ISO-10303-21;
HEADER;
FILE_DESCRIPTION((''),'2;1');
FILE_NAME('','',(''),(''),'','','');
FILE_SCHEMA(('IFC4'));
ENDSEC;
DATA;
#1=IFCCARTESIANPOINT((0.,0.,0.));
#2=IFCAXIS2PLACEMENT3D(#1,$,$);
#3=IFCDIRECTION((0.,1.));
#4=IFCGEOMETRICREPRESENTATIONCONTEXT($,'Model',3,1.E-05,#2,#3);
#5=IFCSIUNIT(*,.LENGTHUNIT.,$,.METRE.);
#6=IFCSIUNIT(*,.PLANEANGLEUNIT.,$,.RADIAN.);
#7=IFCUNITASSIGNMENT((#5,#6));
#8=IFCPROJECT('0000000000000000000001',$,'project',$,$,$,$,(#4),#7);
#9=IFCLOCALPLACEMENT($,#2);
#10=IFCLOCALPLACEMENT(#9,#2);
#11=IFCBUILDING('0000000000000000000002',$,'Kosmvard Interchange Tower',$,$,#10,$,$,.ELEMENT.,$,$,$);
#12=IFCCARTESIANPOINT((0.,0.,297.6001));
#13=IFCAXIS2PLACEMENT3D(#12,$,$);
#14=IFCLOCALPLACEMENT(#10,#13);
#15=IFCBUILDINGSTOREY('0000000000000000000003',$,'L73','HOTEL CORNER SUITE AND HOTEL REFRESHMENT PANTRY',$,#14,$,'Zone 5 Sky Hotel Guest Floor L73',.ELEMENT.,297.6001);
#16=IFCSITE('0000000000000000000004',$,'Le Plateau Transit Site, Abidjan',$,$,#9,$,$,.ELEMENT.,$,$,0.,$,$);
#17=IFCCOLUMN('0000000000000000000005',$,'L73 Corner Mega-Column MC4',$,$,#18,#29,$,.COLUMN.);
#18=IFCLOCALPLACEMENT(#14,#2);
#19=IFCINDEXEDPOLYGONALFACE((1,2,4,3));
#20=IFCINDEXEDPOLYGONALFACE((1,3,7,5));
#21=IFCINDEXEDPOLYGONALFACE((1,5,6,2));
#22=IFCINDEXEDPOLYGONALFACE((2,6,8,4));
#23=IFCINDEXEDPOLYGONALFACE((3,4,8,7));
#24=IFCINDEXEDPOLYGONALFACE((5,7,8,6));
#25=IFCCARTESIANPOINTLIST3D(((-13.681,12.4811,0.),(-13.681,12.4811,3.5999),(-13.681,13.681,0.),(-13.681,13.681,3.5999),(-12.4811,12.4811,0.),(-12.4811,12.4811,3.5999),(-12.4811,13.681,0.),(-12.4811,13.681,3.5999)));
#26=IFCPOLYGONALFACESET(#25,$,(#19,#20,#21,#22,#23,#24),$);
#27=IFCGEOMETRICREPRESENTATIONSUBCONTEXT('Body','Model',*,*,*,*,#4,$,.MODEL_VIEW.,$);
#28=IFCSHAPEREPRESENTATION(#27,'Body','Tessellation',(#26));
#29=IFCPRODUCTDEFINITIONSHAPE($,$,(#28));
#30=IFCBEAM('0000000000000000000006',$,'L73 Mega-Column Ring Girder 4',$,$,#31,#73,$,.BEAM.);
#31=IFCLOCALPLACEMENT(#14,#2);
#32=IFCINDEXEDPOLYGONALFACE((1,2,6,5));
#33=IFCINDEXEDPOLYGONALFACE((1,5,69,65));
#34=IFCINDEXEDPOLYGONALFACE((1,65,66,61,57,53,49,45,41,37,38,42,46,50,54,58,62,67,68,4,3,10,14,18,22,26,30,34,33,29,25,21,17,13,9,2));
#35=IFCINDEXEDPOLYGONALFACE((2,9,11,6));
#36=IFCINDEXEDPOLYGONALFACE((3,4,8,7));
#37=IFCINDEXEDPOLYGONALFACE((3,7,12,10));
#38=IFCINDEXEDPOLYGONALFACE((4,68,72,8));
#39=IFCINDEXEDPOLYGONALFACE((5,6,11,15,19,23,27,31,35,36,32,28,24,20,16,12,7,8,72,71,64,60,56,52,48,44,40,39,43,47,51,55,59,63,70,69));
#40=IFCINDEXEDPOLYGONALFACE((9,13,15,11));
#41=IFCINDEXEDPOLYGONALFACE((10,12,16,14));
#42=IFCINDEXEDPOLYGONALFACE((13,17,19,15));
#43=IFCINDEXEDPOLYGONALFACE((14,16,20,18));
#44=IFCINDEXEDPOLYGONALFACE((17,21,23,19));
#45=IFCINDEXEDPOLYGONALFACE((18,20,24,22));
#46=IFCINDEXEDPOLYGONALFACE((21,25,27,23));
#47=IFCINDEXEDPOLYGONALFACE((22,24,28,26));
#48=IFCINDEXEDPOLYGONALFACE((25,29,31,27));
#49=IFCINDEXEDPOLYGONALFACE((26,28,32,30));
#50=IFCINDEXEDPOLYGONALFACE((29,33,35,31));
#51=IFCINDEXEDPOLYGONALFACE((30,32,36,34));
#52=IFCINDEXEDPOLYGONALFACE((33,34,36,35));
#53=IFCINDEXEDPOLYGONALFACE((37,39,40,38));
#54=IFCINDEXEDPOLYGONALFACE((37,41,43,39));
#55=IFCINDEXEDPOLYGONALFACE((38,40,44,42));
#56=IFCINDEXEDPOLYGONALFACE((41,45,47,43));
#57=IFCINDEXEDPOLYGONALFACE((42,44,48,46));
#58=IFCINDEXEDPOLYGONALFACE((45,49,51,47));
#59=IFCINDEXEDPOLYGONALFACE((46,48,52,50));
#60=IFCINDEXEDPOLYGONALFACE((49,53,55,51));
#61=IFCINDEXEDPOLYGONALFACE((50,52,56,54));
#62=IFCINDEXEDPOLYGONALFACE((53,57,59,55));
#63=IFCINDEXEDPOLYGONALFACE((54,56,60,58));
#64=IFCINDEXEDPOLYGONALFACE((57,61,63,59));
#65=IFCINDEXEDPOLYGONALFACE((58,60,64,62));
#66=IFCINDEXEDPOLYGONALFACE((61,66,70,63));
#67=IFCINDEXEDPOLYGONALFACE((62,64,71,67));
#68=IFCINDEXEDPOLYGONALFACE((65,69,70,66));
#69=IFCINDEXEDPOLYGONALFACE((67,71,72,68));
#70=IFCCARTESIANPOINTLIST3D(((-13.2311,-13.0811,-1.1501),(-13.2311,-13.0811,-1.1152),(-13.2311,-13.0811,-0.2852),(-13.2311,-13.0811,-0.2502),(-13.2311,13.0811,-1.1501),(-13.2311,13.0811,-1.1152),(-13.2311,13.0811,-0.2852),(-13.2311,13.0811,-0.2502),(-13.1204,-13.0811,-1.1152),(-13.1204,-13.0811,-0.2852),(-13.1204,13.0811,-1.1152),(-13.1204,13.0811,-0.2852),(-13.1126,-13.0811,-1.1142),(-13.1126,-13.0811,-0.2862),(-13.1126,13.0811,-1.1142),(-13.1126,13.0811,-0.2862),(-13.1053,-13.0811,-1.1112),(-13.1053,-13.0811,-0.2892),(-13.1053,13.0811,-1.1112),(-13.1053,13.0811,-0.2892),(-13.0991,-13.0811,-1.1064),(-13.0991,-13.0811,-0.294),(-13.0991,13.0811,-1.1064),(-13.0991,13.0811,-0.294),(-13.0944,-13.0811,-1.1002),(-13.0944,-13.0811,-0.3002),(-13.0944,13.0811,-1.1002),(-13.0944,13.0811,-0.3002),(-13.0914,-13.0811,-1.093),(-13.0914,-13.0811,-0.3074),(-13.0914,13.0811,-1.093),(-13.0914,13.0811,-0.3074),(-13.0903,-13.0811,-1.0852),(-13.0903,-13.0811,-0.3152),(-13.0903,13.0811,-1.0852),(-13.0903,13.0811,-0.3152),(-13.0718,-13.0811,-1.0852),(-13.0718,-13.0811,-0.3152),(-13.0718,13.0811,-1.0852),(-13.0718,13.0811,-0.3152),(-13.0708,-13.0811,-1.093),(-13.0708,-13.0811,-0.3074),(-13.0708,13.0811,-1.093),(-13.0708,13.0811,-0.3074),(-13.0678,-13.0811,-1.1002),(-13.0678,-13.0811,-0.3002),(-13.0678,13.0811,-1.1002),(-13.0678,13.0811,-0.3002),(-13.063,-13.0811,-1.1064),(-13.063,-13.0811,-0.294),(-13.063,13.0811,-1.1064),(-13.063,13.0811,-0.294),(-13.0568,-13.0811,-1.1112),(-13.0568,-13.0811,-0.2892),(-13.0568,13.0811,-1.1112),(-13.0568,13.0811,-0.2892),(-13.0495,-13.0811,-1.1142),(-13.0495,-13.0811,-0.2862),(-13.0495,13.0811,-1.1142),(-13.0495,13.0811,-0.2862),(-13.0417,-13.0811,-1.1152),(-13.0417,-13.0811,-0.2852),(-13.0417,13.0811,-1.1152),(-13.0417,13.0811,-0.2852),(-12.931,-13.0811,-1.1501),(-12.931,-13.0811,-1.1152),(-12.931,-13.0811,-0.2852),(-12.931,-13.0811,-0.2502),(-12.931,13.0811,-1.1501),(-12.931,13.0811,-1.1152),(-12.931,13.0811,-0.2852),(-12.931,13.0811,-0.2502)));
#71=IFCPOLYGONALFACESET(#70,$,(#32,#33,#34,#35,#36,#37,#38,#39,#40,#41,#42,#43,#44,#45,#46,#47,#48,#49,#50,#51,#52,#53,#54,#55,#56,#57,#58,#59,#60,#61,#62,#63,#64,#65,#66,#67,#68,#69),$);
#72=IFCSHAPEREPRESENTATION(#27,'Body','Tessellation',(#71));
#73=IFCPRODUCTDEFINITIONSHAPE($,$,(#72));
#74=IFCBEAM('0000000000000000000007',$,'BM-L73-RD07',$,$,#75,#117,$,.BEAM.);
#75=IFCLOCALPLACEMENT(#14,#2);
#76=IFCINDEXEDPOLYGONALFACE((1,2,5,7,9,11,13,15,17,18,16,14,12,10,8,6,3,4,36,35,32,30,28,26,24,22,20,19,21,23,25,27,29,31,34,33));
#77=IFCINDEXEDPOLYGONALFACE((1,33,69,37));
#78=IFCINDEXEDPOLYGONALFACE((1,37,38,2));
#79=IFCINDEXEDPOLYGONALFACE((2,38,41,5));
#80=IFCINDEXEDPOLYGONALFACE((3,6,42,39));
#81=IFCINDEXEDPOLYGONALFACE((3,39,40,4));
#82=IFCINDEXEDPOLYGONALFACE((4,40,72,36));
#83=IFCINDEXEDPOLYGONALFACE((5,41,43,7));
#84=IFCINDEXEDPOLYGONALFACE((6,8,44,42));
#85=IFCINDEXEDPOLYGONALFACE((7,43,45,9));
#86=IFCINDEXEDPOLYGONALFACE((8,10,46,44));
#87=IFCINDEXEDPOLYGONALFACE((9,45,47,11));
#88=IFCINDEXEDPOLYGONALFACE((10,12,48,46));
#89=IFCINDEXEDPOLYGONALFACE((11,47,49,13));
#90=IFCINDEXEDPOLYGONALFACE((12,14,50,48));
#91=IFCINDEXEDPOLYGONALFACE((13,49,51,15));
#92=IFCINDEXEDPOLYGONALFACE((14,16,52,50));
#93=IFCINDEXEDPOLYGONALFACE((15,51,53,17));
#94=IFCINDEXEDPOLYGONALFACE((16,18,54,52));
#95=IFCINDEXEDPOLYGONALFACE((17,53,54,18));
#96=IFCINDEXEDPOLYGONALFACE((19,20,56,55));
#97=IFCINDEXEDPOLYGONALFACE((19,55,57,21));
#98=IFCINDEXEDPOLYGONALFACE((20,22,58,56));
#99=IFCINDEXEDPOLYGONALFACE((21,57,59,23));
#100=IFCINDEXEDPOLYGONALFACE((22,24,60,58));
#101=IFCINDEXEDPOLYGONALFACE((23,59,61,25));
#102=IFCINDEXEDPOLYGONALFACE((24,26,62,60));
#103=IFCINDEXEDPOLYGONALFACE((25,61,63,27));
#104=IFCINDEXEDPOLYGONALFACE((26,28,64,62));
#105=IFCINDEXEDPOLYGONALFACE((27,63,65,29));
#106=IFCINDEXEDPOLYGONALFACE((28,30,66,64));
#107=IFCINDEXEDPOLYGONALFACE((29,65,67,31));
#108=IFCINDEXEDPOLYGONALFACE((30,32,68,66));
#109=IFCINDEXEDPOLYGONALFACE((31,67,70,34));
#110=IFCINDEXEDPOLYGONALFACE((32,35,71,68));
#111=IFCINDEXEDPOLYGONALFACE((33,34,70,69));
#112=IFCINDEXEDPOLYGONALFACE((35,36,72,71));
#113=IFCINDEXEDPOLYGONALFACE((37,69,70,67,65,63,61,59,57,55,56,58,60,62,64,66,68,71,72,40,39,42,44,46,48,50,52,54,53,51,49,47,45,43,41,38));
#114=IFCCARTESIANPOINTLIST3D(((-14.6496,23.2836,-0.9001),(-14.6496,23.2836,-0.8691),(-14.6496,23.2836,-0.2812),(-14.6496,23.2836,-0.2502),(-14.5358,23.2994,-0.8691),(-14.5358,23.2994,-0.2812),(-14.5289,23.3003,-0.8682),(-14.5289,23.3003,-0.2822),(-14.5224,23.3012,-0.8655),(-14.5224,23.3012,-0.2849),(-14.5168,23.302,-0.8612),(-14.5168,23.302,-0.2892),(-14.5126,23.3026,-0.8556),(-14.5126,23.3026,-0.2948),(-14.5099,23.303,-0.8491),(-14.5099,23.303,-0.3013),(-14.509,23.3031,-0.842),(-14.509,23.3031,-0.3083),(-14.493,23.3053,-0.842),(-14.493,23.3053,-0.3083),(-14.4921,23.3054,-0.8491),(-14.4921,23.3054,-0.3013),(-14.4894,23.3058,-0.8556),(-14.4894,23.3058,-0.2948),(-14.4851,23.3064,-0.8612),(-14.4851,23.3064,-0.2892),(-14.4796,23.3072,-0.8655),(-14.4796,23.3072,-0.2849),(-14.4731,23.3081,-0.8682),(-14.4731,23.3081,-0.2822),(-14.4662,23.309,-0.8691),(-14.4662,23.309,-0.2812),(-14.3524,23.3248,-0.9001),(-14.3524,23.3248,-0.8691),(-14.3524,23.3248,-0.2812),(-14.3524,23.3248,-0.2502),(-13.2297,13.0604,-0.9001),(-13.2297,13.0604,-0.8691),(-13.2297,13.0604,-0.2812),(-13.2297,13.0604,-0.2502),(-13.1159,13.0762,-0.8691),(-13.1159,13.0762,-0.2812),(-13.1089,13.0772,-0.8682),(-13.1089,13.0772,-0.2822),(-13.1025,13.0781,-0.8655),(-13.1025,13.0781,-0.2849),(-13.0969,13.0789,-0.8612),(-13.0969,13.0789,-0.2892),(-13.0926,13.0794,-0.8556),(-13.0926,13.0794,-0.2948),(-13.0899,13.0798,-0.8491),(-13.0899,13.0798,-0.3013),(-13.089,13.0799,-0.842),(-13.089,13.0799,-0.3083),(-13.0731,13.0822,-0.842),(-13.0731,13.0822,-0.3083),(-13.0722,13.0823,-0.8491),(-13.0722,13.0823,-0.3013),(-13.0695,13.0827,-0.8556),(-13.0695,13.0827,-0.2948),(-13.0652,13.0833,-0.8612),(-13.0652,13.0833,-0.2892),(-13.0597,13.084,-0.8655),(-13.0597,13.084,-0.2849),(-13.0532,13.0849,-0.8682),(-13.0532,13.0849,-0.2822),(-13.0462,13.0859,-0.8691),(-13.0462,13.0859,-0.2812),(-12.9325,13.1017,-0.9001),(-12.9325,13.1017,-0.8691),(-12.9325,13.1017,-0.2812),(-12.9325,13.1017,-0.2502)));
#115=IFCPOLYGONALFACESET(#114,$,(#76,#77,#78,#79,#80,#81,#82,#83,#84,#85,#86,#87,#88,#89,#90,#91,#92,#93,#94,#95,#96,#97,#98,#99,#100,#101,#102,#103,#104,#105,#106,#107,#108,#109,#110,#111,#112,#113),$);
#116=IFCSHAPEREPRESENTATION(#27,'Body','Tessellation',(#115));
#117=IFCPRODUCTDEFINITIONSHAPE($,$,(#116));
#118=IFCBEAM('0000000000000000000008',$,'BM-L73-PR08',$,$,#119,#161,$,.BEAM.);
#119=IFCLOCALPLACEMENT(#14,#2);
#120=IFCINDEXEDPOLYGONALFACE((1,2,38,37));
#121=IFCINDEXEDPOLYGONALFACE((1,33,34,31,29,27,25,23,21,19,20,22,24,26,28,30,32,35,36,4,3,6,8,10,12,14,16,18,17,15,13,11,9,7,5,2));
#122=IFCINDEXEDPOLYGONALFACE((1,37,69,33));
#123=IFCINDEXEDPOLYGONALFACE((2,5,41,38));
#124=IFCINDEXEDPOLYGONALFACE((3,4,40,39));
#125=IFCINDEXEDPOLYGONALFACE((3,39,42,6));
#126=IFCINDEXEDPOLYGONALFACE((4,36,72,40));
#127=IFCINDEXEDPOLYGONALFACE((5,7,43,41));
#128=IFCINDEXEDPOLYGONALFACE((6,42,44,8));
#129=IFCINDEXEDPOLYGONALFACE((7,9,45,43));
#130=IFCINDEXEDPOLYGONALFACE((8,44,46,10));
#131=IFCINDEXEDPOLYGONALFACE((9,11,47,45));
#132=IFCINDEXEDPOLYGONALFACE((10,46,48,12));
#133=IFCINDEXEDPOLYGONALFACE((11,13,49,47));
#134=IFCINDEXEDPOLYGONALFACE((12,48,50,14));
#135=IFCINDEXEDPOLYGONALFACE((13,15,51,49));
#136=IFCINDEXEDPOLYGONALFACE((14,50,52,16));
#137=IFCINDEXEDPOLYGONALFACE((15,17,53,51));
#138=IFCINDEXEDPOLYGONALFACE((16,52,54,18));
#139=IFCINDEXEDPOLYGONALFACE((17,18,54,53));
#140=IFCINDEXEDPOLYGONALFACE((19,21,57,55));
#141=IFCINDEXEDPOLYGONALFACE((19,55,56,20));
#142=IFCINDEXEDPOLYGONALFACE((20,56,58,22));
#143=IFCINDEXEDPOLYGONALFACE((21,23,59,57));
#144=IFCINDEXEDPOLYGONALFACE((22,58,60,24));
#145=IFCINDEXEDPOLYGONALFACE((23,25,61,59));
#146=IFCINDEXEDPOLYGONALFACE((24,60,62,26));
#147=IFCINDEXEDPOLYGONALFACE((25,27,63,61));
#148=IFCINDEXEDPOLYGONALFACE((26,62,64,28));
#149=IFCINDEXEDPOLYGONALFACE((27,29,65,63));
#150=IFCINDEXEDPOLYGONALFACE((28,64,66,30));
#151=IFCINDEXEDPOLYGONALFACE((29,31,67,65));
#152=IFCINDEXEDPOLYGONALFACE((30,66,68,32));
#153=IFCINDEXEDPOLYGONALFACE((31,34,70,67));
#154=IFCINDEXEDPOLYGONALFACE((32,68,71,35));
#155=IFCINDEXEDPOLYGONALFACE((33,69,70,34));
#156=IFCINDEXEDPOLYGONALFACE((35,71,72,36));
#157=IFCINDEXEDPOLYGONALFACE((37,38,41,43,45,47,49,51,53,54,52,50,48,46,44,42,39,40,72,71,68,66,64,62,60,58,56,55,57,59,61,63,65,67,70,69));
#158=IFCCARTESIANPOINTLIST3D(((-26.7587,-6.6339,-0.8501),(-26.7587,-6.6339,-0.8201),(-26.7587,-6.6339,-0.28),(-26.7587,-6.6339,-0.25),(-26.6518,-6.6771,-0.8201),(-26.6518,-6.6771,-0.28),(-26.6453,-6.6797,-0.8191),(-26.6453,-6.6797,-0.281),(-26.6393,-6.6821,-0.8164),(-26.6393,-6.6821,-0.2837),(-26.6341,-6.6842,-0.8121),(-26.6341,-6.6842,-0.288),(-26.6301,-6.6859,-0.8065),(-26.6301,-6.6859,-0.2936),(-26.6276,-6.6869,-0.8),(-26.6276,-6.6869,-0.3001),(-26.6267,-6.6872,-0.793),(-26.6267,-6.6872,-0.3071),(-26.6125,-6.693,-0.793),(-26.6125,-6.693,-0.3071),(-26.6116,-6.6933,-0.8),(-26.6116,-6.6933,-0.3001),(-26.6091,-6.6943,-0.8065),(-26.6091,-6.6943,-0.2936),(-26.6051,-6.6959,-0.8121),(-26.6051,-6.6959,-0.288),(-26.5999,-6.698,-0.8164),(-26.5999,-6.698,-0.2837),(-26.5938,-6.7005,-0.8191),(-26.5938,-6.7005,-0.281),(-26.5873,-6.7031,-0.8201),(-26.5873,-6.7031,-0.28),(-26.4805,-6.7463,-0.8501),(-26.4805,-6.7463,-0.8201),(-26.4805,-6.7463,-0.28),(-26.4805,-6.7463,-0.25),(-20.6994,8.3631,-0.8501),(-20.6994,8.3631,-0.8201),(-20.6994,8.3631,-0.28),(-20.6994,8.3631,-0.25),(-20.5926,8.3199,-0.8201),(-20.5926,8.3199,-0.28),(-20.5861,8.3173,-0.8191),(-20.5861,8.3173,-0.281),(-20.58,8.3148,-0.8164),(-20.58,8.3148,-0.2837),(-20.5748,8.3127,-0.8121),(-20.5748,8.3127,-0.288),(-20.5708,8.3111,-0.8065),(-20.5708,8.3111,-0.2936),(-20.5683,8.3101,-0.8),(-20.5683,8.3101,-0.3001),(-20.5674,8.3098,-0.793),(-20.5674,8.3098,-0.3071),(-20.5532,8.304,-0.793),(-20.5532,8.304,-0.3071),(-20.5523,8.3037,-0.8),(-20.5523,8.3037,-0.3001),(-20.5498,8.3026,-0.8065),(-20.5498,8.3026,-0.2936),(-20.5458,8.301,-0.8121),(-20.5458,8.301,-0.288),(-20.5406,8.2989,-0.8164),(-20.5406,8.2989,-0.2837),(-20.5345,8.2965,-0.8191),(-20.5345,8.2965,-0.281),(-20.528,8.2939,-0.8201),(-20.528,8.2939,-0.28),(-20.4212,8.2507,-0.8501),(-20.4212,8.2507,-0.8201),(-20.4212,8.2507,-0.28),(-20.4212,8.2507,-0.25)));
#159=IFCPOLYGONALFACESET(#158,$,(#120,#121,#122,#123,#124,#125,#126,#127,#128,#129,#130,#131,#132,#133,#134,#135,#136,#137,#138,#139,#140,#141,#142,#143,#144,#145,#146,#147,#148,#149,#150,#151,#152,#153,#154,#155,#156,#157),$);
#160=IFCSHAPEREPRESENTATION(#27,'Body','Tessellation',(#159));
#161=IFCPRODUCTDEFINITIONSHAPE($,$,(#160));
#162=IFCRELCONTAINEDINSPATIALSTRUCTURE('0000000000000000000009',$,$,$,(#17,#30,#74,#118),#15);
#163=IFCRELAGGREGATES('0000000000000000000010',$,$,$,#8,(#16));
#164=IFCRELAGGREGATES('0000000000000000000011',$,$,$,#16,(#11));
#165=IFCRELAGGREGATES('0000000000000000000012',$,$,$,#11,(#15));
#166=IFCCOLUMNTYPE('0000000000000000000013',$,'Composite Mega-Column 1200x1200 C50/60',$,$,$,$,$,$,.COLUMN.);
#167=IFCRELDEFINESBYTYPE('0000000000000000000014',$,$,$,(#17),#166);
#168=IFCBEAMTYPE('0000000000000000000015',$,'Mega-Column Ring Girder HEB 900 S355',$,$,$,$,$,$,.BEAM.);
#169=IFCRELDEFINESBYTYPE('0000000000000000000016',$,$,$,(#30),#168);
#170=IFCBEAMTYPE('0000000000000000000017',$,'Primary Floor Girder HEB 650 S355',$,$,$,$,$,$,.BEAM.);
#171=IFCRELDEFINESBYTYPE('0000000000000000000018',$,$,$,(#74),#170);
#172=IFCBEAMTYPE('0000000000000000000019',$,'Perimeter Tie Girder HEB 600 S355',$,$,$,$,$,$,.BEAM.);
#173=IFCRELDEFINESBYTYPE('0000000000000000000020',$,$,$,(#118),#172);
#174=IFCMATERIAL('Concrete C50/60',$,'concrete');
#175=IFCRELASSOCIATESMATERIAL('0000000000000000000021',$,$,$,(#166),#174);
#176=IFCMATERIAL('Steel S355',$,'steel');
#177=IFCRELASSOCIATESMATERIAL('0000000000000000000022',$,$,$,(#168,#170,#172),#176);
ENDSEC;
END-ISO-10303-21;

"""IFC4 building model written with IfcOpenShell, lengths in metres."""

from ifc_helpers import new_model, si_unit, direction, frame, origin, origin_2d, place, context, subcontext, project, spatial, rectangle, i_section, extrude, source, transform, mapped, material, material_profile, profile_set, type_object, element, save


model = new_model("IFC4")

# Units and contexts
model_context = context("Model", 3, precision=1e-05, world=origin(), true_north=direction((0.0, 1.0)))
body_context = subcontext(model_context, "Body", "Model", "MODEL_VIEW")
ifc_project = project(units=[si_unit("LENGTHUNIT", "METRE"), si_unit("PLANEANGLEUNIT", "RADIAN")], contexts=[model_context])

# Site, building, storey
site_placement = place(None, origin())
site = spatial("IfcSite", under=ifc_project, at=site_placement, Name="Le Plateau Transit Site, Abidjan", CompositionType="ELEMENT", RefElevation=0.0)
building_placement = place(site_placement, origin())
building = spatial("IfcBuilding", under=site, at=building_placement, Name="Kosmvard Interchange Tower", CompositionType="ELEMENT")
storey_placement = place(building_placement, frame((0.0, 0.0, 297.6001)))
storey = spatial("IfcBuildingStorey", under=building, at=storey_placement, Name="L73", Description="HOTEL CORNER SUITE AND HOTEL REFRESHMENT PANTRY", LongName="Zone 5 Sky Hotel Guest Floor L73", CompositionType="ELEMENT", Elevation=297.6001)

# Column
ifc_material_1 = material(Name="Concrete C50/60", Category="concrete")
ifc_material_profile_1 = material_profile(ifc_material_1, rectangle(XDim=1.2, YDim=1.2, at=origin_2d()), Name="MC 1200x1200")
ifc_profile_set_1 = profile_set([ifc_material_profile_1], Name="Concrete C50/60")
column_type = type_object("IfcColumnType", Name="Composite Mega-Column 1200x1200 C50/60", PredefinedType="COLUMN", material=ifc_profile_set_1)
shared_shape_1 = source(origin(), body_context, "Body", "SweptSolid", [
    extrude(rectangle(XDim=1.2, YDim=1.2, at=origin_2d()), origin(), (0.0, 0.0, 1.0), 3.5999),
])
column_placement = place(storey_placement, frame((-13.0811, 13.0811, 0.0), z_axis=(0.0, 0.0, 1.0), x_axis=(1.0, 0.0, 0.0)))
element("IfcColumn", 1, at=column_placement, inside=storey, type_object=column_type, Name="L73 Corner Mega-Column MC4", PredefinedType="COLUMN", context=body_context, shape_type="MappedRepresentation", body=[
    mapped(shared_shape_1, transform((0.0, 0.0, 0.0), scale=1.0)),
])

# Beams
ifc_material_2 = material(Name="Steel S355", Category="steel")
ifc_material_profile_2 = material_profile(ifc_material_2, i_section(OverallWidth=0.3, OverallDepth=0.8999, WebThickness=0.0186, FlangeThickness=0.0349, FilletRadius=0.03, at=origin_2d()), Name="HEB 900")
ifc_profile_set_2 = profile_set([ifc_material_profile_2], Name="Steel S355")
beam_type_1 = type_object("IfcBeamType", Name="Mega-Column Ring Girder HEB 900 S355", PredefinedType="BEAM", material=ifc_profile_set_2)
shared_shape_2 = source(origin(), body_context, "Body", "SweptSolid", [
    extrude(i_section(OverallWidth=0.3, OverallDepth=0.8999, WebThickness=0.0186, FlangeThickness=0.0349, FilletRadius=0.03, at=origin_2d()), origin(), (0.0, 0.0, 1.0), 26.1621),
])
beam_1_placement = place(storey_placement, frame((-13.0811, 13.0811, -0.7002), z_axis=(0.0, -1.0, 0.0), x_axis=(1.0, 0.0, 0.0)))
element("IfcBeam", 2, at=beam_1_placement, inside=storey, type_object=beam_type_1, Name="L73 Mega-Column Ring Girder 4", PredefinedType="BEAM", context=body_context, shape_type="MappedRepresentation", body=[
    mapped(shared_shape_2, transform((0.0, 0.0, 0.0), scale=1.0)),
])
ifc_material_profile_3 = material_profile(ifc_material_2, i_section(OverallWidth=0.3, OverallDepth=0.6499, WebThickness=0.0161, FlangeThickness=0.031, FilletRadius=0.0271, at=origin_2d()), Name="HEB 650")
ifc_profile_set_3 = profile_set([ifc_material_profile_3], Name="Steel S355")
beam_type_2 = type_object("IfcBeamType", Name="Primary Floor Girder HEB 650 S355", PredefinedType="BEAM", material=ifc_profile_set_3)
shared_shape_3 = source(origin(), body_context, "Body", "SweptSolid", [
    extrude(i_section(OverallWidth=0.3, OverallDepth=0.6499, WebThickness=0.0161, FlangeThickness=0.031, FilletRadius=0.0271, at=origin_2d()), origin(), (0.0, 0.0, 1.0), 10.3213),
])
beam_2_placement = place(storey_placement, frame((-13.0811, 13.0811, -0.5752), z_axis=(-0.137572, 0.990492, 0.0), x_axis=(-0.990492, -0.137572, 0.0)))
element("IfcBeam", 3, at=beam_2_placement, inside=storey, type_object=beam_type_2, Name="BM-L73-RD07", PredefinedType="BEAM", context=body_context, shape_type="MappedRepresentation", body=[
    mapped(shared_shape_3, transform((0.0, 0.0, 0.0), scale=1.0)),
])
ifc_material_profile_4 = material_profile(ifc_material_2, i_section(OverallWidth=0.3, OverallDepth=0.6001, WebThickness=0.0154, FlangeThickness=0.03, FilletRadius=0.0271, at=origin_2d()), Name="HEB 600")
ifc_profile_set_4 = profile_set([ifc_material_profile_4], Name="Steel S355")
beam_type_3 = type_object("IfcBeamType", Name="Perimeter Tie Girder HEB 600 S355", PredefinedType="BEAM", material=ifc_profile_set_4)
shared_shape_4 = source(origin(), body_context, "Body", "SweptSolid", [
    extrude(i_section(OverallWidth=0.3, OverallDepth=0.6001, WebThickness=0.0154, FlangeThickness=0.03, FilletRadius=0.0271, at=origin_2d()), origin(), (0.0, 0.0, 1.0), 16.1748),
])
beam_3_placement = place(storey_placement, frame((-20.5603, 8.3069, -0.55), z_axis=(-0.374613, -0.927181, 0.0), x_axis=(0.927181, -0.374613, 0.0)))
element("IfcBeam", 4, at=beam_3_placement, inside=storey, type_object=beam_type_3, Name="BM-L73-PR08", PredefinedType="BEAM", context=body_context, shape_type="MappedRepresentation", body=[
    mapped(shared_shape_4, transform((0.0, 0.0, 0.0), scale=1.0)),
])

save(model, "model.ifc")
